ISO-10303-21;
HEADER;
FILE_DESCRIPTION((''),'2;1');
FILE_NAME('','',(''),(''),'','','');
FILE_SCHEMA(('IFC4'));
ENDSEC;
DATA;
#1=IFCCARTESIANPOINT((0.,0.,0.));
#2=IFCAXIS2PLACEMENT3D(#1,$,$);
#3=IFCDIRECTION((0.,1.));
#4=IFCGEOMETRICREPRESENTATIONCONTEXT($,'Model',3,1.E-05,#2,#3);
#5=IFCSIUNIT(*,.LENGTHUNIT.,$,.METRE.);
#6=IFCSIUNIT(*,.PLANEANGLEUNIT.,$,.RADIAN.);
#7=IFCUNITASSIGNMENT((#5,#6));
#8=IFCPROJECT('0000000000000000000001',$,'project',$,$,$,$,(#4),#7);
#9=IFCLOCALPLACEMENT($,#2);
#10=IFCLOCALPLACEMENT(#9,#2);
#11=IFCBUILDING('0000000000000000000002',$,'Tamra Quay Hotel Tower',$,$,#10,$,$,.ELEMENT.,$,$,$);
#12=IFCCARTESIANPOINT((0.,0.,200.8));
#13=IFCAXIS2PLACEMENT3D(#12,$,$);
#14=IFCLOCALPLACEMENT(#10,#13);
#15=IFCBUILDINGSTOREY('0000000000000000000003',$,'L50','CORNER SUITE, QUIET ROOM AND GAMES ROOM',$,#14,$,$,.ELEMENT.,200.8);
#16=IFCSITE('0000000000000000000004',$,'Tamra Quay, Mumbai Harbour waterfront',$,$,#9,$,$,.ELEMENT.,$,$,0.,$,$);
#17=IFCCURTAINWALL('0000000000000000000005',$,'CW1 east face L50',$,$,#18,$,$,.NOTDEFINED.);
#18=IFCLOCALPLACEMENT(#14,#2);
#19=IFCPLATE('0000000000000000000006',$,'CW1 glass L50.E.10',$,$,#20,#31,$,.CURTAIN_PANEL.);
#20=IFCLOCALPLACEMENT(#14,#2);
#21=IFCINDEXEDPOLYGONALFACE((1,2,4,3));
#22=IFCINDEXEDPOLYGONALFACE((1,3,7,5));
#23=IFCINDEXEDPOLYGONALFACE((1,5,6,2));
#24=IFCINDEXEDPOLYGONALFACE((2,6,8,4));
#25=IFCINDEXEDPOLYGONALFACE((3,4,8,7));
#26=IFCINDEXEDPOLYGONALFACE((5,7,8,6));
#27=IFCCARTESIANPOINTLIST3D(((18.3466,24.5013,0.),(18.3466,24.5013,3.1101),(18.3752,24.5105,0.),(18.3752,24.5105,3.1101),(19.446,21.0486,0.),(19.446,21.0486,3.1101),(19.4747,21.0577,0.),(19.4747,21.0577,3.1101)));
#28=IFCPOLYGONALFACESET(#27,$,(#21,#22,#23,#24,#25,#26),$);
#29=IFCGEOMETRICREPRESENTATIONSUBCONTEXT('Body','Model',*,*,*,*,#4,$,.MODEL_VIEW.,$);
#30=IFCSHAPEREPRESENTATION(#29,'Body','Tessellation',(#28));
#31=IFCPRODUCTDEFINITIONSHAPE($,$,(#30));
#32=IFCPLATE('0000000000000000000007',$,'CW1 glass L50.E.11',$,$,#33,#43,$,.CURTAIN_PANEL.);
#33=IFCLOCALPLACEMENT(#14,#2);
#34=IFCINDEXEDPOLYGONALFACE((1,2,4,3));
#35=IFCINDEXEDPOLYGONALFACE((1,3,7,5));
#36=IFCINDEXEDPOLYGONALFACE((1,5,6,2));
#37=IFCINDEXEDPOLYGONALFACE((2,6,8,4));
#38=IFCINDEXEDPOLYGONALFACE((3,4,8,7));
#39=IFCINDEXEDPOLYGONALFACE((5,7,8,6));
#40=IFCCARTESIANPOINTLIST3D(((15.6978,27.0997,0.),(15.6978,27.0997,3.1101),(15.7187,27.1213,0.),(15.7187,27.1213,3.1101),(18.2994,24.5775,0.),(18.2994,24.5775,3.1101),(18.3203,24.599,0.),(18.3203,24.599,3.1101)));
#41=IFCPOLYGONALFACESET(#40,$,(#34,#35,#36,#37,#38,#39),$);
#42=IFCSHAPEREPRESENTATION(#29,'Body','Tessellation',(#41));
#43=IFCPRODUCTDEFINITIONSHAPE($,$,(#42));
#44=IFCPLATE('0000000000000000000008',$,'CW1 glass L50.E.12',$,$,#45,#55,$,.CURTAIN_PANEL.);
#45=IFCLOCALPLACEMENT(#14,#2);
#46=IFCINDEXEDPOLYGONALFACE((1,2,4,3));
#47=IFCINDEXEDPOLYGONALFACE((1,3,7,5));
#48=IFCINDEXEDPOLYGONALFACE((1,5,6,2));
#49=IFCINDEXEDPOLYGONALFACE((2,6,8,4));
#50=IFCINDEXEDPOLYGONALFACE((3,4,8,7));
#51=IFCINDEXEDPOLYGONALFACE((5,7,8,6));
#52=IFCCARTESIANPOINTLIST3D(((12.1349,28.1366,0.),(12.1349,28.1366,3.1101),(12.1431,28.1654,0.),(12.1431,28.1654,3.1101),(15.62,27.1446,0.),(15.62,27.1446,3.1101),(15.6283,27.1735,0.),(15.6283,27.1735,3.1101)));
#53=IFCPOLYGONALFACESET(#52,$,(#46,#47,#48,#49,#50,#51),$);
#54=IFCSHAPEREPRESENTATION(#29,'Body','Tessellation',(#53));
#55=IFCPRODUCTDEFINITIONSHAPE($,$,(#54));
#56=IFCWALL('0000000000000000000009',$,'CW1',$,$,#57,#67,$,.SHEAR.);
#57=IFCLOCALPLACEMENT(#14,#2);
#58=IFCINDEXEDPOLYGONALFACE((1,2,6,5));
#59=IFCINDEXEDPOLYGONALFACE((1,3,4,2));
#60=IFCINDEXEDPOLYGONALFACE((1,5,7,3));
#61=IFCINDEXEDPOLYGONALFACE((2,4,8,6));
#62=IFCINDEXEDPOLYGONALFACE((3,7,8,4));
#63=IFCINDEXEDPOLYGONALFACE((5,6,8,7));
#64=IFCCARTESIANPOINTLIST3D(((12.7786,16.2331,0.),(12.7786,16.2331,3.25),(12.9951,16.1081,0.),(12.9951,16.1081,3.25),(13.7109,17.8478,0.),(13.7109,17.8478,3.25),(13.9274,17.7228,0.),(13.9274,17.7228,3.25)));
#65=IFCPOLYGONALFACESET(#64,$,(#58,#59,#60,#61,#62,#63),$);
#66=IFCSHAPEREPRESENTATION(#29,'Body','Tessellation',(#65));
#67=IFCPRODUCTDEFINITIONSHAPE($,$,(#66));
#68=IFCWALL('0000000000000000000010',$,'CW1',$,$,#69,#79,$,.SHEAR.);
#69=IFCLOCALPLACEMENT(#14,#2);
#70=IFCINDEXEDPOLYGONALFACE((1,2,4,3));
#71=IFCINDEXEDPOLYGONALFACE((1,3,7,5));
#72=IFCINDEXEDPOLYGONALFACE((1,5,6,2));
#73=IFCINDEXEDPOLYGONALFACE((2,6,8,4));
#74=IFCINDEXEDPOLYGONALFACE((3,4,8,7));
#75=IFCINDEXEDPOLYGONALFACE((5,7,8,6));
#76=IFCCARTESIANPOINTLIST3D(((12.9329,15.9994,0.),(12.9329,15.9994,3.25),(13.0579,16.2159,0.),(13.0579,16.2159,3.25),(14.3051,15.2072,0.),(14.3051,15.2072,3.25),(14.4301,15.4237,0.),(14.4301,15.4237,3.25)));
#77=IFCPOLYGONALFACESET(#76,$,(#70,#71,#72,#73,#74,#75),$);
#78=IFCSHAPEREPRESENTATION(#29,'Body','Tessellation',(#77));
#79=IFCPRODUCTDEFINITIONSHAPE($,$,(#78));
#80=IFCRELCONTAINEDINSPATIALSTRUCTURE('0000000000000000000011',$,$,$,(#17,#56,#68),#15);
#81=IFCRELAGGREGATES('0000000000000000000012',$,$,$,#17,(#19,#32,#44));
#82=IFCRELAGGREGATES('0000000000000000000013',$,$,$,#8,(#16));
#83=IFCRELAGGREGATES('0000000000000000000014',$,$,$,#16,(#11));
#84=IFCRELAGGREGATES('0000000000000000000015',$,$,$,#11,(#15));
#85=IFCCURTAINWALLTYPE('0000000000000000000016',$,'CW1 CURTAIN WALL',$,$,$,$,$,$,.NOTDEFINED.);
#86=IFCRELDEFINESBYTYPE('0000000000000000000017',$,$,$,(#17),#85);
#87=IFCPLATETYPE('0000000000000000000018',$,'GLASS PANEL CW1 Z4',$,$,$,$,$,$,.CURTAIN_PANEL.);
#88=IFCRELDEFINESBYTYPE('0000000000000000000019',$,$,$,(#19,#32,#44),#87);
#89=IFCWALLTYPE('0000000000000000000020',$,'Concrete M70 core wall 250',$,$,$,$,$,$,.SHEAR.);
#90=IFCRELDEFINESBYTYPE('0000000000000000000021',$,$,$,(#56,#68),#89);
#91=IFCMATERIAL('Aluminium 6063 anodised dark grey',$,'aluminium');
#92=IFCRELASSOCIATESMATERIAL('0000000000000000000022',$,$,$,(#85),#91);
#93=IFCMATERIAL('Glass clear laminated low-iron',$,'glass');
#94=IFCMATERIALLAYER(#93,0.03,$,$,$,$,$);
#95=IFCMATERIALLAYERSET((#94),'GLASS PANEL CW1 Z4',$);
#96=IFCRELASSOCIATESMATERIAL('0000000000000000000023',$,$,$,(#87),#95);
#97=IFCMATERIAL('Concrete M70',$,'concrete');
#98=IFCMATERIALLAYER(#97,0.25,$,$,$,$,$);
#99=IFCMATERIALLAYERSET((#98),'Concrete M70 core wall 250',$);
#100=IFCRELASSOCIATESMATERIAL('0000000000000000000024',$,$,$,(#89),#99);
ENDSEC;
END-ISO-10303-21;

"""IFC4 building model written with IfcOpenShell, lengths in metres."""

from ifc_helpers import new_model, si_unit, direction, frame, frame_2d, origin, origin_2d, place, context, subcontext, project, spatial, rectangle, extrude, material, layer, layer_set, type_object, element, aggregate, save


model = new_model("IFC4")

# Units and contexts
model_context = context("Model", 3, precision=1e-05, world=origin(), true_north=direction((0.0, 1.0)))
body_context = subcontext(model_context, "Body", "Model", "MODEL_VIEW")
ifc_project = project(units=[si_unit("LENGTHUNIT", "METRE"), si_unit("PLANEANGLEUNIT", "RADIAN")], contexts=[model_context])

# Site, building, storey
site_placement = place(None, origin())
site = spatial("IfcSite", under=ifc_project, at=site_placement, Name="Tamra Quay, Mumbai Harbour waterfront", CompositionType="ELEMENT", RefElevation=0.0)
building_placement = place(site_placement, origin())
building = spatial("IfcBuilding", under=site, at=building_placement, Name="Tamra Quay Hotel Tower", CompositionType="ELEMENT")
storey_placement = place(building_placement, frame((0.0, 0.0, 200.8)))
storey = spatial("IfcBuildingStorey", under=building, at=storey_placement, Name="L50", Description="CORNER SUITE, QUIET ROOM AND GAMES ROOM", CompositionType="ELEMENT", Elevation=200.8)

# Shared definitions
ifc_material_1 = material(Name="Concrete M70", Category="concrete")

# Curtain wall
ifc_material_2 = material(Name="Aluminium 6063 anodised dark grey", Category="aluminium")
curtain_wall_type = type_object("IfcCurtainWallType", Name="CW1 CURTAIN WALL", PredefinedType="NOTDEFINED", material=ifc_material_2)
curtain_wall_placement = place(storey_placement, origin())
curtain_wall = element("IfcCurtainWall", 1, at=curtain_wall_placement, inside=storey, type_object=curtain_wall_type, Name="CW1 east face L50", PredefinedType="NOTDEFINED")

# Plates
ifc_material_3 = material(Name="Glass clear laminated low-iron", Category="glass")
ifc_layer_1 = layer(ifc_material_3, 0.03)
ifc_layer_set_1 = layer_set([ifc_layer_1], Name="GLASS PANEL CW1 Z4")
plate_type = type_object("IfcPlateType", Name="GLASS PANEL CW1 Z4", PredefinedType="CURTAIN_PANEL", material=ifc_layer_set_1)
plate_1_placement = place(storey_placement, frame((18.9106, 22.7795, 0.0), z_axis=(0.0, 0.0, 1.0), x_axis=(-0.30341, 0.95286, 0.0)))
plate_1 = element("IfcPlate", 2, at=plate_1_placement, type_object=plate_type, Name="CW1 glass L50.E.10", PredefinedType="CURTAIN_PANEL", context=body_context, shape_type="SweptSolid", body=[
    extrude(rectangle(XDim=3.6235, YDim=0.03, at=origin_2d()), origin(), (0.0, 0.0, 1.0), 3.1101),
])
plate_2_placement = place(storey_placement, frame((17.009, 25.8494, 0.0), z_axis=(0.0, 0.0, 1.0), x_axis=(-0.717975, 0.696069, 0.0)))
plate_2 = element("IfcPlate", 3, at=plate_2_placement, type_object=plate_type, Name="CW1 glass L50.E.11", PredefinedType="CURTAIN_PANEL", context=body_context, shape_type="SweptSolid", body=[
    extrude(rectangle(XDim=3.6235, YDim=0.03, at=origin_2d()), origin(), (0.0, 0.0, 1.0), 3.1101),
])
plate_3_placement = place(storey_placement, frame((13.8816, 27.655, 0.0), z_axis=(0.0, 0.0, 1.0), x_axis=(-0.961801, 0.27375, 0.0)))
plate_3 = element("IfcPlate", 4, at=plate_3_placement, type_object=plate_type, Name="CW1 glass L50.E.12", PredefinedType="CURTAIN_PANEL", context=body_context, shape_type="SweptSolid", body=[
    extrude(rectangle(XDim=3.6235, YDim=0.03, at=origin_2d()), origin(), (0.0, 0.0, 1.0), 3.1101),
])
aggregate(curtain_wall, [plate_1, plate_2, plate_3])

# Walls
ifc_layer_2 = layer(ifc_material_1, 0.25)
ifc_layer_set_2 = layer_set([ifc_layer_2], Name="Concrete M70 core wall 250")
wall_type = type_object("IfcWallType", Name="Concrete M70 core wall 250", PredefinedType="SHEAR", material=ifc_layer_set_2)
wall_1_placement = place(storey_placement, frame((13.8191, 17.7852, 0.0), z_axis=(0.0, 0.0, 1.0), x_axis=(-0.50004, -0.866002, 0.0)))
element("IfcWall", 5, at=wall_1_placement, inside=storey, type_object=wall_type, Name="CW1", PredefinedType="SHEAR", context=body_context, shape_type="SweptSolid", body=[
    extrude(rectangle(XDim=1.8645, YDim=0.25, at=frame_2d((0.9321, 0.0))), origin(), (0.0, 0.0, 1.0), 3.25),
])
wall_2_placement = place(storey_placement, frame((12.9954, 16.1077, 0.0), z_axis=(0.0, 0.0, 1.0), x_axis=(0.866044, -0.499967, 0.0)))
element("IfcWall", 6, at=wall_2_placement, inside=storey, type_object=wall_type, Name="CW1", PredefinedType="SHEAR", context=body_context, shape_type="SweptSolid", body=[
    extrude(rectangle(XDim=1.5845, YDim=0.25, at=frame_2d((0.7922, 0.0))), origin(), (0.0, 0.0, 1.0), 3.25),
])

save(model, "model.ifc")
